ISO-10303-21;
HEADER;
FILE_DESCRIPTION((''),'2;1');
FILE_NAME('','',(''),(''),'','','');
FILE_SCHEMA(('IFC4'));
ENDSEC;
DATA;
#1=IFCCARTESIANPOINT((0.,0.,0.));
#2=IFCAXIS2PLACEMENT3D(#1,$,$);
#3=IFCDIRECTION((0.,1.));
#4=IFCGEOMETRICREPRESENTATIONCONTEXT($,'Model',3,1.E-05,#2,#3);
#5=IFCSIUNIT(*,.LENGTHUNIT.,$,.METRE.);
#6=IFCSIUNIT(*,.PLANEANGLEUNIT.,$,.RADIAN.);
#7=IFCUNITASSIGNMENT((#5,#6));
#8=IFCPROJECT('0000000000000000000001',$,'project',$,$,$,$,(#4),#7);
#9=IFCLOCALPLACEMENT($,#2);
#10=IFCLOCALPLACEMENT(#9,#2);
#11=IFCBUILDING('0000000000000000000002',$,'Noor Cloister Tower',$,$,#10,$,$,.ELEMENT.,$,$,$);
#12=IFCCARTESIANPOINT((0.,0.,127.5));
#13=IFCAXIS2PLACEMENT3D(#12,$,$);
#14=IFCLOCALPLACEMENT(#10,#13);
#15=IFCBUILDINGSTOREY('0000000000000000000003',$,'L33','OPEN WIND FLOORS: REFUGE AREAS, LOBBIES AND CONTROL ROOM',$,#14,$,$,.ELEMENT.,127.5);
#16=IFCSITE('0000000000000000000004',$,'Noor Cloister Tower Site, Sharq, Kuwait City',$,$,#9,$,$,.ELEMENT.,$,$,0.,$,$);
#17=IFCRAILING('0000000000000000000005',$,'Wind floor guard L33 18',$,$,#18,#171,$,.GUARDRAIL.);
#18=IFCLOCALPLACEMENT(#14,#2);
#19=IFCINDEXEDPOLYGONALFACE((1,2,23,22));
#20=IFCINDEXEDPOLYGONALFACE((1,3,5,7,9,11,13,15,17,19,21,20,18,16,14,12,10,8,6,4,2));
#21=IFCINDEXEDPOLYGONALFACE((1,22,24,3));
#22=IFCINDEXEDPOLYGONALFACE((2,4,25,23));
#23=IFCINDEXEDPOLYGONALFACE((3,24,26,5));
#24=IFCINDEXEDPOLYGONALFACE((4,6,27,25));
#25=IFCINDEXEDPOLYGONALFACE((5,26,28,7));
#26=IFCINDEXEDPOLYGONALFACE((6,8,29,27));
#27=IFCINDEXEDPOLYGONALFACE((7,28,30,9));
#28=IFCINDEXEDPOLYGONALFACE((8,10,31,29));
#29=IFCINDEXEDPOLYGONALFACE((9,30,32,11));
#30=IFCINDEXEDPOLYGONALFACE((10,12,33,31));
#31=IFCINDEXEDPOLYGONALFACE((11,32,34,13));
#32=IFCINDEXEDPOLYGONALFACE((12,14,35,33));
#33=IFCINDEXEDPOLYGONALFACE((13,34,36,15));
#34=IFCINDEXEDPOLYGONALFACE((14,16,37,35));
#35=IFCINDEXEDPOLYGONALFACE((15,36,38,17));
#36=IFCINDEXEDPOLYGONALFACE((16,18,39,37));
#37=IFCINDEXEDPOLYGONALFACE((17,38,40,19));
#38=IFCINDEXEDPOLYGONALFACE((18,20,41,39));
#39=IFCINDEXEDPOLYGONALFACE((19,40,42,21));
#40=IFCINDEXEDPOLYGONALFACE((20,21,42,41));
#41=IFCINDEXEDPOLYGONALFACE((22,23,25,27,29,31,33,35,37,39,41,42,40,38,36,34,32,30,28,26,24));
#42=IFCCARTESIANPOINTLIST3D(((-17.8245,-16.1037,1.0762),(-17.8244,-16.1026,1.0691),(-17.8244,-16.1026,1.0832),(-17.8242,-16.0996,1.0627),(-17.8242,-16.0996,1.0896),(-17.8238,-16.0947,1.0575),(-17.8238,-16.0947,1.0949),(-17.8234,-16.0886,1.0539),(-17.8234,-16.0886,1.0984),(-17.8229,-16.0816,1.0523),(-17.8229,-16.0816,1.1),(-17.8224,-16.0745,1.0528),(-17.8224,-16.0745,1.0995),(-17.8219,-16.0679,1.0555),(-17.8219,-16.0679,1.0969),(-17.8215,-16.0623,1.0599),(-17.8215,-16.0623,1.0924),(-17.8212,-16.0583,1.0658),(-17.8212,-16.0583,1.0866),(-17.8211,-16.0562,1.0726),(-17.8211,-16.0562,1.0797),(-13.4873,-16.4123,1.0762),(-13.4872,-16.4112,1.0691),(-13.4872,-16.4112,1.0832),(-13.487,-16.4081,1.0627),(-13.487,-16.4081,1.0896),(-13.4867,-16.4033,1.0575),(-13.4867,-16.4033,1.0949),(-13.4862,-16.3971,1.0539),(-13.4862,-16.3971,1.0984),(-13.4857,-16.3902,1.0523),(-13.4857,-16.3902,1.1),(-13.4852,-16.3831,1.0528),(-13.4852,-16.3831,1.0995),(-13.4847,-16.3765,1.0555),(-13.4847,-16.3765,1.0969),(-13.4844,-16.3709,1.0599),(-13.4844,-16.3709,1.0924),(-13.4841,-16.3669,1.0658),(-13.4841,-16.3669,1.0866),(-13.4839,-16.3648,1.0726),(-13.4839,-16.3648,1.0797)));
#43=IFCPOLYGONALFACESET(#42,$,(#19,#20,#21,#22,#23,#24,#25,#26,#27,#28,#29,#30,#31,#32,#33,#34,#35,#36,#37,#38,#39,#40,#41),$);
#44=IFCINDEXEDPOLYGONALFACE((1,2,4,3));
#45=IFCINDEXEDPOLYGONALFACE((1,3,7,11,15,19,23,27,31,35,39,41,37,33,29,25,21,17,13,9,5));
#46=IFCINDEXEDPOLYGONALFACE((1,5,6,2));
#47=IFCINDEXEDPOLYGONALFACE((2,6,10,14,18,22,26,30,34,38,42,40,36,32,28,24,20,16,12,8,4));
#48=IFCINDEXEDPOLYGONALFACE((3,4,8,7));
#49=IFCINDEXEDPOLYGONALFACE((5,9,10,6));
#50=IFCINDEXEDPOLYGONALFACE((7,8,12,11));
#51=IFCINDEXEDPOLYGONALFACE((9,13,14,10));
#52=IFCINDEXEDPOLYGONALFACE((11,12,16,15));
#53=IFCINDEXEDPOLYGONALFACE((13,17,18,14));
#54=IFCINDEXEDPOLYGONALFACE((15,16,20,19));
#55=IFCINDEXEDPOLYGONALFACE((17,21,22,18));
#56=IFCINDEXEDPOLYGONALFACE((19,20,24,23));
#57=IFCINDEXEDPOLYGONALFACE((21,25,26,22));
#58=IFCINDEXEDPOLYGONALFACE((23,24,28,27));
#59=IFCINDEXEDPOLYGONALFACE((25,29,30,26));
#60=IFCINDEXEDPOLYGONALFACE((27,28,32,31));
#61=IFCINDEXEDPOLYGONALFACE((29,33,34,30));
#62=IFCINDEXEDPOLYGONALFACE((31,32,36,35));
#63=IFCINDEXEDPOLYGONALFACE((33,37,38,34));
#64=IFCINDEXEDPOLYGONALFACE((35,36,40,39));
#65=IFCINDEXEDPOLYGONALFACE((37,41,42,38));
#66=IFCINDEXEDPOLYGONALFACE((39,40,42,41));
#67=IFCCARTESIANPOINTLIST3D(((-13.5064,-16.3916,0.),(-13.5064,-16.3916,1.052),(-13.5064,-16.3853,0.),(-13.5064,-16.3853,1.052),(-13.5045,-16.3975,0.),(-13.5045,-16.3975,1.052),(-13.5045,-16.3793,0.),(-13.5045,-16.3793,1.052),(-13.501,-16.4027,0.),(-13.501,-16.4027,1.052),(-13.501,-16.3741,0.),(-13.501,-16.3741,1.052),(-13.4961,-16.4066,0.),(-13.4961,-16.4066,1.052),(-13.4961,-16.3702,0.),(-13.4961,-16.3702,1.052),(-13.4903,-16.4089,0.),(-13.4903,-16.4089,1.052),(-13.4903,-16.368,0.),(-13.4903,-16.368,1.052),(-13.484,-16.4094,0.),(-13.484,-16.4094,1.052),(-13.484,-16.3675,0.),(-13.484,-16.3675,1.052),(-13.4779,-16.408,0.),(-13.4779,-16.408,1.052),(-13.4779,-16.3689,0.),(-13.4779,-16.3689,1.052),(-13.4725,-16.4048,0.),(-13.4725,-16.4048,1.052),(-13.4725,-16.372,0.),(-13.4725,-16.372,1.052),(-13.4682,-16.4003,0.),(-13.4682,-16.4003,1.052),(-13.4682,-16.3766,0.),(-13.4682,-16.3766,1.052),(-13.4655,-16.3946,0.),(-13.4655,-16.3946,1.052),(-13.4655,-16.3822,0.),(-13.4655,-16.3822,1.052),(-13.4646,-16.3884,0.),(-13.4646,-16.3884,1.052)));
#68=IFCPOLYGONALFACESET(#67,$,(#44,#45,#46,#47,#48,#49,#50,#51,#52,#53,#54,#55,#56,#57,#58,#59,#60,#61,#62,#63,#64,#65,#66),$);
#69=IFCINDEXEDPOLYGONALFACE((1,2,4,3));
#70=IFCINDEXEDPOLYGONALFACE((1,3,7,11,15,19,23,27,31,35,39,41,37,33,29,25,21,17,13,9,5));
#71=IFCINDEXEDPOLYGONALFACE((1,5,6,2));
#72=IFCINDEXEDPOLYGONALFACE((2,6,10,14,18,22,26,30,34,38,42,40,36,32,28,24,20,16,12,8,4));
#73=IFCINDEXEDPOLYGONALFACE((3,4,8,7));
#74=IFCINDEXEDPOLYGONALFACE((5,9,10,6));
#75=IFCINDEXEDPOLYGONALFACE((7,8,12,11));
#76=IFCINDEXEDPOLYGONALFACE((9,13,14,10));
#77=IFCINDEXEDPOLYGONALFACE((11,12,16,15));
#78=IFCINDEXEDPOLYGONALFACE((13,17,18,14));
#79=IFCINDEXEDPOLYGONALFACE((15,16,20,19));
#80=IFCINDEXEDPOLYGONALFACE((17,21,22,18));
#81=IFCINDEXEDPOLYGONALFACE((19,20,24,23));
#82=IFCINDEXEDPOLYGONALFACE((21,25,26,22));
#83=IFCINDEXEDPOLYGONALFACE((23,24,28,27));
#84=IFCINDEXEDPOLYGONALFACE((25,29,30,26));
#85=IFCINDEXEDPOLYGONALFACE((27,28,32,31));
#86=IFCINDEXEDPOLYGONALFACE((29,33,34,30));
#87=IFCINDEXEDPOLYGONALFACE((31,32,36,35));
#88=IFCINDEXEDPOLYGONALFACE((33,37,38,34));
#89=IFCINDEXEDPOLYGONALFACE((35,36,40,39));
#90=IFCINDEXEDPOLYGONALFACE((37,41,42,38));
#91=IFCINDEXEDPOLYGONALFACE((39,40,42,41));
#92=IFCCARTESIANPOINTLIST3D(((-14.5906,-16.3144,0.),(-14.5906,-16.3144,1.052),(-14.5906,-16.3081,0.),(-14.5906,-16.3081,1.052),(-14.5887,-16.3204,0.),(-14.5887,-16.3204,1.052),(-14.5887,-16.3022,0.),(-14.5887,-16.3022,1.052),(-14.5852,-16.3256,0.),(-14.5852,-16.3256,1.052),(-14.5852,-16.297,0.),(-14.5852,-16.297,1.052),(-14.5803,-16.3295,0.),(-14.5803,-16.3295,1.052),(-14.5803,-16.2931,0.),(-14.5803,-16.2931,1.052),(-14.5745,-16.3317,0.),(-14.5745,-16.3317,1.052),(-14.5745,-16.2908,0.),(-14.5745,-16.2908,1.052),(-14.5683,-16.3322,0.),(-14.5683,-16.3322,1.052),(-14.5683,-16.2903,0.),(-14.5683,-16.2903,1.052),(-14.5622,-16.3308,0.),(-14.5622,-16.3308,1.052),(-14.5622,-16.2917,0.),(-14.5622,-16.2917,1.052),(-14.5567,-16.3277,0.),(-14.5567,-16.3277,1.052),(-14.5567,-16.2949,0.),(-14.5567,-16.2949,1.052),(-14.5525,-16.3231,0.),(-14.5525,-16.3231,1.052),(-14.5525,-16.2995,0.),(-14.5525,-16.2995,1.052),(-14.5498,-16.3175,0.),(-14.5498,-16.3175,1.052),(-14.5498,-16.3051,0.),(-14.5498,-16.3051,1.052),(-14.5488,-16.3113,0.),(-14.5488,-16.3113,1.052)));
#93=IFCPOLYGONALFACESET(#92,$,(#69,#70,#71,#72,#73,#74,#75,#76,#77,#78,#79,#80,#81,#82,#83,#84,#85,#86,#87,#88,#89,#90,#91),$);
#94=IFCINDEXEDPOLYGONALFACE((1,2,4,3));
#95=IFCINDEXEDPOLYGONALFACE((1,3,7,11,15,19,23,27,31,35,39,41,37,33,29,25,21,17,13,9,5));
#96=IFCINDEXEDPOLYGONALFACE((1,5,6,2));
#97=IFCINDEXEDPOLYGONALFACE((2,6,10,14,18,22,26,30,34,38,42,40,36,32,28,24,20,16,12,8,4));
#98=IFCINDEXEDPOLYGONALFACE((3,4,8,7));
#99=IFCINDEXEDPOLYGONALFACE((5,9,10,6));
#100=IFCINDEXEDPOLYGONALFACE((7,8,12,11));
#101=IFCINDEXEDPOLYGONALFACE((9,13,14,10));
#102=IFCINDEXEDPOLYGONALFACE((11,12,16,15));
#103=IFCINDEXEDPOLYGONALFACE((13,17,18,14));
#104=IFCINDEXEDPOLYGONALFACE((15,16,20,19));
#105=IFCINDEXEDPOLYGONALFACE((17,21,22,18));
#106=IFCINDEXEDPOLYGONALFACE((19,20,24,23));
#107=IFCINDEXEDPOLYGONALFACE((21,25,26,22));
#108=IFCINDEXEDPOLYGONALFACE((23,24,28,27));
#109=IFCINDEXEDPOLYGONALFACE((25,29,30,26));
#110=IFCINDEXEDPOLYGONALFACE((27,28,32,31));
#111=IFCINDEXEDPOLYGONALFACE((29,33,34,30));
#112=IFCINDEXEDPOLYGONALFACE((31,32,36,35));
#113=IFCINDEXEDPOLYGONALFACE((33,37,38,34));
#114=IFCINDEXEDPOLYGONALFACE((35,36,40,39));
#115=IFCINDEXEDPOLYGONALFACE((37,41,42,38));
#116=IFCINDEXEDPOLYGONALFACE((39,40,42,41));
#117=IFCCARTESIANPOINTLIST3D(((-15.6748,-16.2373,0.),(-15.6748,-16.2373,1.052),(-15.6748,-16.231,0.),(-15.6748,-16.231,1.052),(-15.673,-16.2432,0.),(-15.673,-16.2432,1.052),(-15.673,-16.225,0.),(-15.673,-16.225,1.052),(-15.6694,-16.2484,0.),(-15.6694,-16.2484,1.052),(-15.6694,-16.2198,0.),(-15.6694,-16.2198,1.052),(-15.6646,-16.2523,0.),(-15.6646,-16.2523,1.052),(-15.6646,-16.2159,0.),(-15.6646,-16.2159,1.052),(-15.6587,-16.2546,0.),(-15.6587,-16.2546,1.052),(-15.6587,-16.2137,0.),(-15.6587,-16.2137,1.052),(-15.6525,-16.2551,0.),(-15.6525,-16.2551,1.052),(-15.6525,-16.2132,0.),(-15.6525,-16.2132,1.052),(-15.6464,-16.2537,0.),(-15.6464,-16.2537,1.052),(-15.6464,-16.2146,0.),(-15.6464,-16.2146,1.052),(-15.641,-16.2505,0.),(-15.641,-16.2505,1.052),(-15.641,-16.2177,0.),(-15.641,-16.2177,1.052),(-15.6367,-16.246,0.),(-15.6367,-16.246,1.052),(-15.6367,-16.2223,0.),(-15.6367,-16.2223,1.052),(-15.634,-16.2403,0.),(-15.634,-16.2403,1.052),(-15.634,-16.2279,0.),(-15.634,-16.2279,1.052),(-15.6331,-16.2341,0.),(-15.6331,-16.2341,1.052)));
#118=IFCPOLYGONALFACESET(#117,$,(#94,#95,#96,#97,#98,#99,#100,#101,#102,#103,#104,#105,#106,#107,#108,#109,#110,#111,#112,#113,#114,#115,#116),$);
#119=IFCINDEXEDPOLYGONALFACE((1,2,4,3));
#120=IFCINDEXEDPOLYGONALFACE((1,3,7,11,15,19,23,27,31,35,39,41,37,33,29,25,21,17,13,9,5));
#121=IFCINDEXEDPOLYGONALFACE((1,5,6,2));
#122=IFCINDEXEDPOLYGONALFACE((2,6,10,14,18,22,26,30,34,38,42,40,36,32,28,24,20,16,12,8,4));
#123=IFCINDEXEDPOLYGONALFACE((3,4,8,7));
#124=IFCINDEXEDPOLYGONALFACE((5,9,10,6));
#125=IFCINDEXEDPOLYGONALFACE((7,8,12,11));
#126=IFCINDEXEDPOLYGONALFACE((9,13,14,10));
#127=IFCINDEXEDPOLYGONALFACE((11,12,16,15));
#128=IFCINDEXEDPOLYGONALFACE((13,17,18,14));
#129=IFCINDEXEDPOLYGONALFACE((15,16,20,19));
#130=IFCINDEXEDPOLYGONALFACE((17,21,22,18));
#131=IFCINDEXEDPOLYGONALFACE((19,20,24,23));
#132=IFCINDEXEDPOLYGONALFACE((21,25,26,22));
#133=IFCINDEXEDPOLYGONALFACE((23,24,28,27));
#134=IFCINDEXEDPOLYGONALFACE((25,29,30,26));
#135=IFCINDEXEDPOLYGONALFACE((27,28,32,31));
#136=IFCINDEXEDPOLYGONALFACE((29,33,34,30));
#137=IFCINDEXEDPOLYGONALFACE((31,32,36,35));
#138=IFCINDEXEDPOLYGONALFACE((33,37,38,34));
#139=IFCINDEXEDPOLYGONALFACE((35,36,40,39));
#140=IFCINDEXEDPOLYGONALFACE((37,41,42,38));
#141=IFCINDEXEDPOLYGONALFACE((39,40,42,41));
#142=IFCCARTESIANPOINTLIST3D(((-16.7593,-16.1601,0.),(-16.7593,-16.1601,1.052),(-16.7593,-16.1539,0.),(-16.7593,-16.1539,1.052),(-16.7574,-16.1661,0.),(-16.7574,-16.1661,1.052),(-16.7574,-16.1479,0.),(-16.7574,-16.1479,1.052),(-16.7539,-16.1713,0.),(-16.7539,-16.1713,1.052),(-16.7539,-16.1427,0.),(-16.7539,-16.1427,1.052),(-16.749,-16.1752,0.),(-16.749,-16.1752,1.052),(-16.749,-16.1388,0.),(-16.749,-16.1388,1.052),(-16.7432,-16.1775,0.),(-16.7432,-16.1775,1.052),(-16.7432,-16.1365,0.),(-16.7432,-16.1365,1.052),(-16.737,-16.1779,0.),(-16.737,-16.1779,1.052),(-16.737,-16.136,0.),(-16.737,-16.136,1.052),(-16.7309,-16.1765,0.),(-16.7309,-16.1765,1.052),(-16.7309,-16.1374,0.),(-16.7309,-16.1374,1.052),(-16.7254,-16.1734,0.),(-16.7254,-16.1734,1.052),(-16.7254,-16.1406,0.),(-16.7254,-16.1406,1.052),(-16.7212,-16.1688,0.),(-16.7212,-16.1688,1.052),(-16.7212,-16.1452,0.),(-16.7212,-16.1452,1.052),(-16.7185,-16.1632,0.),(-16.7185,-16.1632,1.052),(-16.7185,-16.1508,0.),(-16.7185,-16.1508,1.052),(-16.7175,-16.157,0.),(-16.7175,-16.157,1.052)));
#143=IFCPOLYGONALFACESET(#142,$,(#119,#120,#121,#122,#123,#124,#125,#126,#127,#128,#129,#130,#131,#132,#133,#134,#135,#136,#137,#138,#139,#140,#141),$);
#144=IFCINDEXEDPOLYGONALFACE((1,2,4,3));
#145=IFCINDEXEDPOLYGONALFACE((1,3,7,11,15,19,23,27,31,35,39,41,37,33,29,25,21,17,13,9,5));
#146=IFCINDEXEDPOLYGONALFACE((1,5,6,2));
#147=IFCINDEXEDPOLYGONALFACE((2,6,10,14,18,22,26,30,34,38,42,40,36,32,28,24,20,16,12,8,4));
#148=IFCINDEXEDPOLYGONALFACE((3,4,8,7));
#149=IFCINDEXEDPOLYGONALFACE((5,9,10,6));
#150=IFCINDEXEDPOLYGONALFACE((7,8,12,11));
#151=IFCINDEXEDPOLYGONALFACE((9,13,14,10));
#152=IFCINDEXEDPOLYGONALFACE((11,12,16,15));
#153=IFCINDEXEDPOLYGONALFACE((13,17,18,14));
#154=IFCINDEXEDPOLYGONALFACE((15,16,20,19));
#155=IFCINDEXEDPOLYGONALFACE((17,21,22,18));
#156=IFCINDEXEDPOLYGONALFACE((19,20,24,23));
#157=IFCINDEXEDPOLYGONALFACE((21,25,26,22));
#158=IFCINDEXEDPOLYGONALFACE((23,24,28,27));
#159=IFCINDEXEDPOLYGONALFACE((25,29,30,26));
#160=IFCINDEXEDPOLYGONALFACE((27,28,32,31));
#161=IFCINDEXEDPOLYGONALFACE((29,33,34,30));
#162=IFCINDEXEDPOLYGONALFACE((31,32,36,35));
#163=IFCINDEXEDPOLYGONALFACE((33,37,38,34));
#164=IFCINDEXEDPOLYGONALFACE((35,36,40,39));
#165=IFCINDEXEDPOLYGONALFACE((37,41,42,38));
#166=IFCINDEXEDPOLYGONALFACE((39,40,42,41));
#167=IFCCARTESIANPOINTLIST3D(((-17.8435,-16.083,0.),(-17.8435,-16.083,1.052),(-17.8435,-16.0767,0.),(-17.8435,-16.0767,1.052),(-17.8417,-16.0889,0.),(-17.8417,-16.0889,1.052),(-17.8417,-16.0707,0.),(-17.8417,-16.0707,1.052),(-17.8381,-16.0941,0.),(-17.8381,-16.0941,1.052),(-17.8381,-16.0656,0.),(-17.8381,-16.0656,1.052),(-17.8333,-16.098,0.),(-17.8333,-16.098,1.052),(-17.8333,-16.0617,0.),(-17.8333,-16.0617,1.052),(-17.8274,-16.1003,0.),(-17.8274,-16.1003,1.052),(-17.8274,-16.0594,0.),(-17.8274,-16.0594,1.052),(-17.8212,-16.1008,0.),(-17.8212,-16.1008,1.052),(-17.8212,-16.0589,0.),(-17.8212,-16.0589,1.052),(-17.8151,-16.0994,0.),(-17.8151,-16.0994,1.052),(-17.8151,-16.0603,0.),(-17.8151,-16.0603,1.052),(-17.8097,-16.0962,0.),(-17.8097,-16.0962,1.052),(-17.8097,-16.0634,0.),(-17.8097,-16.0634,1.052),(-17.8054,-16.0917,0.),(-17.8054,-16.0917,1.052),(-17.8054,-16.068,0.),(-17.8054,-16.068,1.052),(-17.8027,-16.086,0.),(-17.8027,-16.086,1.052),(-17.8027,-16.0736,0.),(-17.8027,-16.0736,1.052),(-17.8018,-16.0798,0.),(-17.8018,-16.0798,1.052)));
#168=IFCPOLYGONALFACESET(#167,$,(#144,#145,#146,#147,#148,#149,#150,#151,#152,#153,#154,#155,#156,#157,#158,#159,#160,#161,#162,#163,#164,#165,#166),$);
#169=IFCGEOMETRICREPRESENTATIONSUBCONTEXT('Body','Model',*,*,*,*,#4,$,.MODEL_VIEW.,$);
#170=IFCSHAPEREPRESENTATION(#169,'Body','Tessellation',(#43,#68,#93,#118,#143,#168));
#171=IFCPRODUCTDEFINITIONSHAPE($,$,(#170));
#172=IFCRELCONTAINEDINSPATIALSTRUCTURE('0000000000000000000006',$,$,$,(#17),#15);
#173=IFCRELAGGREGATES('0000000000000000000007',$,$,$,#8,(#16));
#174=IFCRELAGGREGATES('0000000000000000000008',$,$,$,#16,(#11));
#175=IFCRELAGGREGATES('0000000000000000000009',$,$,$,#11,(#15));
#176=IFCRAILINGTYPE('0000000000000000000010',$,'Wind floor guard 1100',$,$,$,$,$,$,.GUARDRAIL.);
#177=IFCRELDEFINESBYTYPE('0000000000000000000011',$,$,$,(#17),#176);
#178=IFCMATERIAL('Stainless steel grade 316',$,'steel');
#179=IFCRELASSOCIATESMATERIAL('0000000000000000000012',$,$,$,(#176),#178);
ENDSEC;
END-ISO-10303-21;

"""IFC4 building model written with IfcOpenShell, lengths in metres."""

from ifc_helpers import new_model, si_unit, direction, frame, origin, origin_2d, place, context, subcontext, project, spatial, circle, extrude, material, type_object, element, save


model = new_model("IFC4")

# Units and contexts
model_context = context("Model", 3, precision=1e-05, world=origin(), true_north=direction((0.0, 1.0)))
body_context = subcontext(model_context, "Body", "Model", "MODEL_VIEW")
ifc_project = project(units=[si_unit("LENGTHUNIT", "METRE"), si_unit("PLANEANGLEUNIT", "RADIAN")], contexts=[model_context])

# Site, building, storey
site_placement = place(None, origin())
site = spatial("IfcSite", under=ifc_project, at=site_placement, Name="Noor Cloister Tower Site, Sharq, Kuwait City", CompositionType="ELEMENT", RefElevation=0.0)
building_placement = place(site_placement, origin())
building = spatial("IfcBuilding", under=site, at=building_placement, Name="Noor Cloister Tower", CompositionType="ELEMENT")
storey_placement = place(building_placement, frame((0.0, 0.0, 127.5)))
storey = spatial("IfcBuildingStorey", under=building, at=storey_placement, Name="L33", Description="OPEN WIND FLOORS: REFUGE AREAS, LOBBIES AND CONTROL ROOM", CompositionType="ELEMENT", Elevation=127.5)

# Railing
ifc_material_1 = material(Name="Stainless steel grade 316", Category="steel")
railing_type_1 = type_object("IfcRailingType", Name="Wind floor guard 1100", PredefinedType="GUARDRAIL", material=ifc_material_1)
railing_1_placement = place(storey_placement, frame((-13.4856, -16.3884, 0.0)))
element("IfcRailing", 1, at=railing_1_placement, inside=storey, type_object=railing_type_1, Name="Wind floor guard L33 18", PredefinedType="GUARDRAIL", context=body_context, shape_type="SweptSolid", body=[
    extrude(circle(Radius=0.0239, at=origin_2d()), frame((0.0, 0.0, 1.0762), z_axis=(-0.997478, 0.070972, 0.0), x_axis=(-0.070972, -0.997478, 0.0)), (0.0, 0.0, 1.0), 4.3481),
    extrude(circle(Radius=0.021, at=origin_2d()), origin(), (0.0, 0.0, 1.0), 1.052),
    extrude(circle(Radius=0.021, at=origin_2d()), frame((-1.0842, 0.0771, 0.0)), (0.0, 0.0, 1.0), 1.052),
    extrude(circle(Radius=0.021, at=origin_2d()), frame((-2.1685, 0.1543, 0.0)), (0.0, 0.0, 1.0), 1.052),
    extrude(circle(Radius=0.021, at=origin_2d()), frame((-3.2529, 0.2314, 0.0)), (0.0, 0.0, 1.0), 1.052),
    extrude(circle(Radius=0.021, at=origin_2d()), frame((-4.3372, 0.3086, 0.0)), (0.0, 0.0, 1.0), 1.052),
])

save(model, "model.ifc")
